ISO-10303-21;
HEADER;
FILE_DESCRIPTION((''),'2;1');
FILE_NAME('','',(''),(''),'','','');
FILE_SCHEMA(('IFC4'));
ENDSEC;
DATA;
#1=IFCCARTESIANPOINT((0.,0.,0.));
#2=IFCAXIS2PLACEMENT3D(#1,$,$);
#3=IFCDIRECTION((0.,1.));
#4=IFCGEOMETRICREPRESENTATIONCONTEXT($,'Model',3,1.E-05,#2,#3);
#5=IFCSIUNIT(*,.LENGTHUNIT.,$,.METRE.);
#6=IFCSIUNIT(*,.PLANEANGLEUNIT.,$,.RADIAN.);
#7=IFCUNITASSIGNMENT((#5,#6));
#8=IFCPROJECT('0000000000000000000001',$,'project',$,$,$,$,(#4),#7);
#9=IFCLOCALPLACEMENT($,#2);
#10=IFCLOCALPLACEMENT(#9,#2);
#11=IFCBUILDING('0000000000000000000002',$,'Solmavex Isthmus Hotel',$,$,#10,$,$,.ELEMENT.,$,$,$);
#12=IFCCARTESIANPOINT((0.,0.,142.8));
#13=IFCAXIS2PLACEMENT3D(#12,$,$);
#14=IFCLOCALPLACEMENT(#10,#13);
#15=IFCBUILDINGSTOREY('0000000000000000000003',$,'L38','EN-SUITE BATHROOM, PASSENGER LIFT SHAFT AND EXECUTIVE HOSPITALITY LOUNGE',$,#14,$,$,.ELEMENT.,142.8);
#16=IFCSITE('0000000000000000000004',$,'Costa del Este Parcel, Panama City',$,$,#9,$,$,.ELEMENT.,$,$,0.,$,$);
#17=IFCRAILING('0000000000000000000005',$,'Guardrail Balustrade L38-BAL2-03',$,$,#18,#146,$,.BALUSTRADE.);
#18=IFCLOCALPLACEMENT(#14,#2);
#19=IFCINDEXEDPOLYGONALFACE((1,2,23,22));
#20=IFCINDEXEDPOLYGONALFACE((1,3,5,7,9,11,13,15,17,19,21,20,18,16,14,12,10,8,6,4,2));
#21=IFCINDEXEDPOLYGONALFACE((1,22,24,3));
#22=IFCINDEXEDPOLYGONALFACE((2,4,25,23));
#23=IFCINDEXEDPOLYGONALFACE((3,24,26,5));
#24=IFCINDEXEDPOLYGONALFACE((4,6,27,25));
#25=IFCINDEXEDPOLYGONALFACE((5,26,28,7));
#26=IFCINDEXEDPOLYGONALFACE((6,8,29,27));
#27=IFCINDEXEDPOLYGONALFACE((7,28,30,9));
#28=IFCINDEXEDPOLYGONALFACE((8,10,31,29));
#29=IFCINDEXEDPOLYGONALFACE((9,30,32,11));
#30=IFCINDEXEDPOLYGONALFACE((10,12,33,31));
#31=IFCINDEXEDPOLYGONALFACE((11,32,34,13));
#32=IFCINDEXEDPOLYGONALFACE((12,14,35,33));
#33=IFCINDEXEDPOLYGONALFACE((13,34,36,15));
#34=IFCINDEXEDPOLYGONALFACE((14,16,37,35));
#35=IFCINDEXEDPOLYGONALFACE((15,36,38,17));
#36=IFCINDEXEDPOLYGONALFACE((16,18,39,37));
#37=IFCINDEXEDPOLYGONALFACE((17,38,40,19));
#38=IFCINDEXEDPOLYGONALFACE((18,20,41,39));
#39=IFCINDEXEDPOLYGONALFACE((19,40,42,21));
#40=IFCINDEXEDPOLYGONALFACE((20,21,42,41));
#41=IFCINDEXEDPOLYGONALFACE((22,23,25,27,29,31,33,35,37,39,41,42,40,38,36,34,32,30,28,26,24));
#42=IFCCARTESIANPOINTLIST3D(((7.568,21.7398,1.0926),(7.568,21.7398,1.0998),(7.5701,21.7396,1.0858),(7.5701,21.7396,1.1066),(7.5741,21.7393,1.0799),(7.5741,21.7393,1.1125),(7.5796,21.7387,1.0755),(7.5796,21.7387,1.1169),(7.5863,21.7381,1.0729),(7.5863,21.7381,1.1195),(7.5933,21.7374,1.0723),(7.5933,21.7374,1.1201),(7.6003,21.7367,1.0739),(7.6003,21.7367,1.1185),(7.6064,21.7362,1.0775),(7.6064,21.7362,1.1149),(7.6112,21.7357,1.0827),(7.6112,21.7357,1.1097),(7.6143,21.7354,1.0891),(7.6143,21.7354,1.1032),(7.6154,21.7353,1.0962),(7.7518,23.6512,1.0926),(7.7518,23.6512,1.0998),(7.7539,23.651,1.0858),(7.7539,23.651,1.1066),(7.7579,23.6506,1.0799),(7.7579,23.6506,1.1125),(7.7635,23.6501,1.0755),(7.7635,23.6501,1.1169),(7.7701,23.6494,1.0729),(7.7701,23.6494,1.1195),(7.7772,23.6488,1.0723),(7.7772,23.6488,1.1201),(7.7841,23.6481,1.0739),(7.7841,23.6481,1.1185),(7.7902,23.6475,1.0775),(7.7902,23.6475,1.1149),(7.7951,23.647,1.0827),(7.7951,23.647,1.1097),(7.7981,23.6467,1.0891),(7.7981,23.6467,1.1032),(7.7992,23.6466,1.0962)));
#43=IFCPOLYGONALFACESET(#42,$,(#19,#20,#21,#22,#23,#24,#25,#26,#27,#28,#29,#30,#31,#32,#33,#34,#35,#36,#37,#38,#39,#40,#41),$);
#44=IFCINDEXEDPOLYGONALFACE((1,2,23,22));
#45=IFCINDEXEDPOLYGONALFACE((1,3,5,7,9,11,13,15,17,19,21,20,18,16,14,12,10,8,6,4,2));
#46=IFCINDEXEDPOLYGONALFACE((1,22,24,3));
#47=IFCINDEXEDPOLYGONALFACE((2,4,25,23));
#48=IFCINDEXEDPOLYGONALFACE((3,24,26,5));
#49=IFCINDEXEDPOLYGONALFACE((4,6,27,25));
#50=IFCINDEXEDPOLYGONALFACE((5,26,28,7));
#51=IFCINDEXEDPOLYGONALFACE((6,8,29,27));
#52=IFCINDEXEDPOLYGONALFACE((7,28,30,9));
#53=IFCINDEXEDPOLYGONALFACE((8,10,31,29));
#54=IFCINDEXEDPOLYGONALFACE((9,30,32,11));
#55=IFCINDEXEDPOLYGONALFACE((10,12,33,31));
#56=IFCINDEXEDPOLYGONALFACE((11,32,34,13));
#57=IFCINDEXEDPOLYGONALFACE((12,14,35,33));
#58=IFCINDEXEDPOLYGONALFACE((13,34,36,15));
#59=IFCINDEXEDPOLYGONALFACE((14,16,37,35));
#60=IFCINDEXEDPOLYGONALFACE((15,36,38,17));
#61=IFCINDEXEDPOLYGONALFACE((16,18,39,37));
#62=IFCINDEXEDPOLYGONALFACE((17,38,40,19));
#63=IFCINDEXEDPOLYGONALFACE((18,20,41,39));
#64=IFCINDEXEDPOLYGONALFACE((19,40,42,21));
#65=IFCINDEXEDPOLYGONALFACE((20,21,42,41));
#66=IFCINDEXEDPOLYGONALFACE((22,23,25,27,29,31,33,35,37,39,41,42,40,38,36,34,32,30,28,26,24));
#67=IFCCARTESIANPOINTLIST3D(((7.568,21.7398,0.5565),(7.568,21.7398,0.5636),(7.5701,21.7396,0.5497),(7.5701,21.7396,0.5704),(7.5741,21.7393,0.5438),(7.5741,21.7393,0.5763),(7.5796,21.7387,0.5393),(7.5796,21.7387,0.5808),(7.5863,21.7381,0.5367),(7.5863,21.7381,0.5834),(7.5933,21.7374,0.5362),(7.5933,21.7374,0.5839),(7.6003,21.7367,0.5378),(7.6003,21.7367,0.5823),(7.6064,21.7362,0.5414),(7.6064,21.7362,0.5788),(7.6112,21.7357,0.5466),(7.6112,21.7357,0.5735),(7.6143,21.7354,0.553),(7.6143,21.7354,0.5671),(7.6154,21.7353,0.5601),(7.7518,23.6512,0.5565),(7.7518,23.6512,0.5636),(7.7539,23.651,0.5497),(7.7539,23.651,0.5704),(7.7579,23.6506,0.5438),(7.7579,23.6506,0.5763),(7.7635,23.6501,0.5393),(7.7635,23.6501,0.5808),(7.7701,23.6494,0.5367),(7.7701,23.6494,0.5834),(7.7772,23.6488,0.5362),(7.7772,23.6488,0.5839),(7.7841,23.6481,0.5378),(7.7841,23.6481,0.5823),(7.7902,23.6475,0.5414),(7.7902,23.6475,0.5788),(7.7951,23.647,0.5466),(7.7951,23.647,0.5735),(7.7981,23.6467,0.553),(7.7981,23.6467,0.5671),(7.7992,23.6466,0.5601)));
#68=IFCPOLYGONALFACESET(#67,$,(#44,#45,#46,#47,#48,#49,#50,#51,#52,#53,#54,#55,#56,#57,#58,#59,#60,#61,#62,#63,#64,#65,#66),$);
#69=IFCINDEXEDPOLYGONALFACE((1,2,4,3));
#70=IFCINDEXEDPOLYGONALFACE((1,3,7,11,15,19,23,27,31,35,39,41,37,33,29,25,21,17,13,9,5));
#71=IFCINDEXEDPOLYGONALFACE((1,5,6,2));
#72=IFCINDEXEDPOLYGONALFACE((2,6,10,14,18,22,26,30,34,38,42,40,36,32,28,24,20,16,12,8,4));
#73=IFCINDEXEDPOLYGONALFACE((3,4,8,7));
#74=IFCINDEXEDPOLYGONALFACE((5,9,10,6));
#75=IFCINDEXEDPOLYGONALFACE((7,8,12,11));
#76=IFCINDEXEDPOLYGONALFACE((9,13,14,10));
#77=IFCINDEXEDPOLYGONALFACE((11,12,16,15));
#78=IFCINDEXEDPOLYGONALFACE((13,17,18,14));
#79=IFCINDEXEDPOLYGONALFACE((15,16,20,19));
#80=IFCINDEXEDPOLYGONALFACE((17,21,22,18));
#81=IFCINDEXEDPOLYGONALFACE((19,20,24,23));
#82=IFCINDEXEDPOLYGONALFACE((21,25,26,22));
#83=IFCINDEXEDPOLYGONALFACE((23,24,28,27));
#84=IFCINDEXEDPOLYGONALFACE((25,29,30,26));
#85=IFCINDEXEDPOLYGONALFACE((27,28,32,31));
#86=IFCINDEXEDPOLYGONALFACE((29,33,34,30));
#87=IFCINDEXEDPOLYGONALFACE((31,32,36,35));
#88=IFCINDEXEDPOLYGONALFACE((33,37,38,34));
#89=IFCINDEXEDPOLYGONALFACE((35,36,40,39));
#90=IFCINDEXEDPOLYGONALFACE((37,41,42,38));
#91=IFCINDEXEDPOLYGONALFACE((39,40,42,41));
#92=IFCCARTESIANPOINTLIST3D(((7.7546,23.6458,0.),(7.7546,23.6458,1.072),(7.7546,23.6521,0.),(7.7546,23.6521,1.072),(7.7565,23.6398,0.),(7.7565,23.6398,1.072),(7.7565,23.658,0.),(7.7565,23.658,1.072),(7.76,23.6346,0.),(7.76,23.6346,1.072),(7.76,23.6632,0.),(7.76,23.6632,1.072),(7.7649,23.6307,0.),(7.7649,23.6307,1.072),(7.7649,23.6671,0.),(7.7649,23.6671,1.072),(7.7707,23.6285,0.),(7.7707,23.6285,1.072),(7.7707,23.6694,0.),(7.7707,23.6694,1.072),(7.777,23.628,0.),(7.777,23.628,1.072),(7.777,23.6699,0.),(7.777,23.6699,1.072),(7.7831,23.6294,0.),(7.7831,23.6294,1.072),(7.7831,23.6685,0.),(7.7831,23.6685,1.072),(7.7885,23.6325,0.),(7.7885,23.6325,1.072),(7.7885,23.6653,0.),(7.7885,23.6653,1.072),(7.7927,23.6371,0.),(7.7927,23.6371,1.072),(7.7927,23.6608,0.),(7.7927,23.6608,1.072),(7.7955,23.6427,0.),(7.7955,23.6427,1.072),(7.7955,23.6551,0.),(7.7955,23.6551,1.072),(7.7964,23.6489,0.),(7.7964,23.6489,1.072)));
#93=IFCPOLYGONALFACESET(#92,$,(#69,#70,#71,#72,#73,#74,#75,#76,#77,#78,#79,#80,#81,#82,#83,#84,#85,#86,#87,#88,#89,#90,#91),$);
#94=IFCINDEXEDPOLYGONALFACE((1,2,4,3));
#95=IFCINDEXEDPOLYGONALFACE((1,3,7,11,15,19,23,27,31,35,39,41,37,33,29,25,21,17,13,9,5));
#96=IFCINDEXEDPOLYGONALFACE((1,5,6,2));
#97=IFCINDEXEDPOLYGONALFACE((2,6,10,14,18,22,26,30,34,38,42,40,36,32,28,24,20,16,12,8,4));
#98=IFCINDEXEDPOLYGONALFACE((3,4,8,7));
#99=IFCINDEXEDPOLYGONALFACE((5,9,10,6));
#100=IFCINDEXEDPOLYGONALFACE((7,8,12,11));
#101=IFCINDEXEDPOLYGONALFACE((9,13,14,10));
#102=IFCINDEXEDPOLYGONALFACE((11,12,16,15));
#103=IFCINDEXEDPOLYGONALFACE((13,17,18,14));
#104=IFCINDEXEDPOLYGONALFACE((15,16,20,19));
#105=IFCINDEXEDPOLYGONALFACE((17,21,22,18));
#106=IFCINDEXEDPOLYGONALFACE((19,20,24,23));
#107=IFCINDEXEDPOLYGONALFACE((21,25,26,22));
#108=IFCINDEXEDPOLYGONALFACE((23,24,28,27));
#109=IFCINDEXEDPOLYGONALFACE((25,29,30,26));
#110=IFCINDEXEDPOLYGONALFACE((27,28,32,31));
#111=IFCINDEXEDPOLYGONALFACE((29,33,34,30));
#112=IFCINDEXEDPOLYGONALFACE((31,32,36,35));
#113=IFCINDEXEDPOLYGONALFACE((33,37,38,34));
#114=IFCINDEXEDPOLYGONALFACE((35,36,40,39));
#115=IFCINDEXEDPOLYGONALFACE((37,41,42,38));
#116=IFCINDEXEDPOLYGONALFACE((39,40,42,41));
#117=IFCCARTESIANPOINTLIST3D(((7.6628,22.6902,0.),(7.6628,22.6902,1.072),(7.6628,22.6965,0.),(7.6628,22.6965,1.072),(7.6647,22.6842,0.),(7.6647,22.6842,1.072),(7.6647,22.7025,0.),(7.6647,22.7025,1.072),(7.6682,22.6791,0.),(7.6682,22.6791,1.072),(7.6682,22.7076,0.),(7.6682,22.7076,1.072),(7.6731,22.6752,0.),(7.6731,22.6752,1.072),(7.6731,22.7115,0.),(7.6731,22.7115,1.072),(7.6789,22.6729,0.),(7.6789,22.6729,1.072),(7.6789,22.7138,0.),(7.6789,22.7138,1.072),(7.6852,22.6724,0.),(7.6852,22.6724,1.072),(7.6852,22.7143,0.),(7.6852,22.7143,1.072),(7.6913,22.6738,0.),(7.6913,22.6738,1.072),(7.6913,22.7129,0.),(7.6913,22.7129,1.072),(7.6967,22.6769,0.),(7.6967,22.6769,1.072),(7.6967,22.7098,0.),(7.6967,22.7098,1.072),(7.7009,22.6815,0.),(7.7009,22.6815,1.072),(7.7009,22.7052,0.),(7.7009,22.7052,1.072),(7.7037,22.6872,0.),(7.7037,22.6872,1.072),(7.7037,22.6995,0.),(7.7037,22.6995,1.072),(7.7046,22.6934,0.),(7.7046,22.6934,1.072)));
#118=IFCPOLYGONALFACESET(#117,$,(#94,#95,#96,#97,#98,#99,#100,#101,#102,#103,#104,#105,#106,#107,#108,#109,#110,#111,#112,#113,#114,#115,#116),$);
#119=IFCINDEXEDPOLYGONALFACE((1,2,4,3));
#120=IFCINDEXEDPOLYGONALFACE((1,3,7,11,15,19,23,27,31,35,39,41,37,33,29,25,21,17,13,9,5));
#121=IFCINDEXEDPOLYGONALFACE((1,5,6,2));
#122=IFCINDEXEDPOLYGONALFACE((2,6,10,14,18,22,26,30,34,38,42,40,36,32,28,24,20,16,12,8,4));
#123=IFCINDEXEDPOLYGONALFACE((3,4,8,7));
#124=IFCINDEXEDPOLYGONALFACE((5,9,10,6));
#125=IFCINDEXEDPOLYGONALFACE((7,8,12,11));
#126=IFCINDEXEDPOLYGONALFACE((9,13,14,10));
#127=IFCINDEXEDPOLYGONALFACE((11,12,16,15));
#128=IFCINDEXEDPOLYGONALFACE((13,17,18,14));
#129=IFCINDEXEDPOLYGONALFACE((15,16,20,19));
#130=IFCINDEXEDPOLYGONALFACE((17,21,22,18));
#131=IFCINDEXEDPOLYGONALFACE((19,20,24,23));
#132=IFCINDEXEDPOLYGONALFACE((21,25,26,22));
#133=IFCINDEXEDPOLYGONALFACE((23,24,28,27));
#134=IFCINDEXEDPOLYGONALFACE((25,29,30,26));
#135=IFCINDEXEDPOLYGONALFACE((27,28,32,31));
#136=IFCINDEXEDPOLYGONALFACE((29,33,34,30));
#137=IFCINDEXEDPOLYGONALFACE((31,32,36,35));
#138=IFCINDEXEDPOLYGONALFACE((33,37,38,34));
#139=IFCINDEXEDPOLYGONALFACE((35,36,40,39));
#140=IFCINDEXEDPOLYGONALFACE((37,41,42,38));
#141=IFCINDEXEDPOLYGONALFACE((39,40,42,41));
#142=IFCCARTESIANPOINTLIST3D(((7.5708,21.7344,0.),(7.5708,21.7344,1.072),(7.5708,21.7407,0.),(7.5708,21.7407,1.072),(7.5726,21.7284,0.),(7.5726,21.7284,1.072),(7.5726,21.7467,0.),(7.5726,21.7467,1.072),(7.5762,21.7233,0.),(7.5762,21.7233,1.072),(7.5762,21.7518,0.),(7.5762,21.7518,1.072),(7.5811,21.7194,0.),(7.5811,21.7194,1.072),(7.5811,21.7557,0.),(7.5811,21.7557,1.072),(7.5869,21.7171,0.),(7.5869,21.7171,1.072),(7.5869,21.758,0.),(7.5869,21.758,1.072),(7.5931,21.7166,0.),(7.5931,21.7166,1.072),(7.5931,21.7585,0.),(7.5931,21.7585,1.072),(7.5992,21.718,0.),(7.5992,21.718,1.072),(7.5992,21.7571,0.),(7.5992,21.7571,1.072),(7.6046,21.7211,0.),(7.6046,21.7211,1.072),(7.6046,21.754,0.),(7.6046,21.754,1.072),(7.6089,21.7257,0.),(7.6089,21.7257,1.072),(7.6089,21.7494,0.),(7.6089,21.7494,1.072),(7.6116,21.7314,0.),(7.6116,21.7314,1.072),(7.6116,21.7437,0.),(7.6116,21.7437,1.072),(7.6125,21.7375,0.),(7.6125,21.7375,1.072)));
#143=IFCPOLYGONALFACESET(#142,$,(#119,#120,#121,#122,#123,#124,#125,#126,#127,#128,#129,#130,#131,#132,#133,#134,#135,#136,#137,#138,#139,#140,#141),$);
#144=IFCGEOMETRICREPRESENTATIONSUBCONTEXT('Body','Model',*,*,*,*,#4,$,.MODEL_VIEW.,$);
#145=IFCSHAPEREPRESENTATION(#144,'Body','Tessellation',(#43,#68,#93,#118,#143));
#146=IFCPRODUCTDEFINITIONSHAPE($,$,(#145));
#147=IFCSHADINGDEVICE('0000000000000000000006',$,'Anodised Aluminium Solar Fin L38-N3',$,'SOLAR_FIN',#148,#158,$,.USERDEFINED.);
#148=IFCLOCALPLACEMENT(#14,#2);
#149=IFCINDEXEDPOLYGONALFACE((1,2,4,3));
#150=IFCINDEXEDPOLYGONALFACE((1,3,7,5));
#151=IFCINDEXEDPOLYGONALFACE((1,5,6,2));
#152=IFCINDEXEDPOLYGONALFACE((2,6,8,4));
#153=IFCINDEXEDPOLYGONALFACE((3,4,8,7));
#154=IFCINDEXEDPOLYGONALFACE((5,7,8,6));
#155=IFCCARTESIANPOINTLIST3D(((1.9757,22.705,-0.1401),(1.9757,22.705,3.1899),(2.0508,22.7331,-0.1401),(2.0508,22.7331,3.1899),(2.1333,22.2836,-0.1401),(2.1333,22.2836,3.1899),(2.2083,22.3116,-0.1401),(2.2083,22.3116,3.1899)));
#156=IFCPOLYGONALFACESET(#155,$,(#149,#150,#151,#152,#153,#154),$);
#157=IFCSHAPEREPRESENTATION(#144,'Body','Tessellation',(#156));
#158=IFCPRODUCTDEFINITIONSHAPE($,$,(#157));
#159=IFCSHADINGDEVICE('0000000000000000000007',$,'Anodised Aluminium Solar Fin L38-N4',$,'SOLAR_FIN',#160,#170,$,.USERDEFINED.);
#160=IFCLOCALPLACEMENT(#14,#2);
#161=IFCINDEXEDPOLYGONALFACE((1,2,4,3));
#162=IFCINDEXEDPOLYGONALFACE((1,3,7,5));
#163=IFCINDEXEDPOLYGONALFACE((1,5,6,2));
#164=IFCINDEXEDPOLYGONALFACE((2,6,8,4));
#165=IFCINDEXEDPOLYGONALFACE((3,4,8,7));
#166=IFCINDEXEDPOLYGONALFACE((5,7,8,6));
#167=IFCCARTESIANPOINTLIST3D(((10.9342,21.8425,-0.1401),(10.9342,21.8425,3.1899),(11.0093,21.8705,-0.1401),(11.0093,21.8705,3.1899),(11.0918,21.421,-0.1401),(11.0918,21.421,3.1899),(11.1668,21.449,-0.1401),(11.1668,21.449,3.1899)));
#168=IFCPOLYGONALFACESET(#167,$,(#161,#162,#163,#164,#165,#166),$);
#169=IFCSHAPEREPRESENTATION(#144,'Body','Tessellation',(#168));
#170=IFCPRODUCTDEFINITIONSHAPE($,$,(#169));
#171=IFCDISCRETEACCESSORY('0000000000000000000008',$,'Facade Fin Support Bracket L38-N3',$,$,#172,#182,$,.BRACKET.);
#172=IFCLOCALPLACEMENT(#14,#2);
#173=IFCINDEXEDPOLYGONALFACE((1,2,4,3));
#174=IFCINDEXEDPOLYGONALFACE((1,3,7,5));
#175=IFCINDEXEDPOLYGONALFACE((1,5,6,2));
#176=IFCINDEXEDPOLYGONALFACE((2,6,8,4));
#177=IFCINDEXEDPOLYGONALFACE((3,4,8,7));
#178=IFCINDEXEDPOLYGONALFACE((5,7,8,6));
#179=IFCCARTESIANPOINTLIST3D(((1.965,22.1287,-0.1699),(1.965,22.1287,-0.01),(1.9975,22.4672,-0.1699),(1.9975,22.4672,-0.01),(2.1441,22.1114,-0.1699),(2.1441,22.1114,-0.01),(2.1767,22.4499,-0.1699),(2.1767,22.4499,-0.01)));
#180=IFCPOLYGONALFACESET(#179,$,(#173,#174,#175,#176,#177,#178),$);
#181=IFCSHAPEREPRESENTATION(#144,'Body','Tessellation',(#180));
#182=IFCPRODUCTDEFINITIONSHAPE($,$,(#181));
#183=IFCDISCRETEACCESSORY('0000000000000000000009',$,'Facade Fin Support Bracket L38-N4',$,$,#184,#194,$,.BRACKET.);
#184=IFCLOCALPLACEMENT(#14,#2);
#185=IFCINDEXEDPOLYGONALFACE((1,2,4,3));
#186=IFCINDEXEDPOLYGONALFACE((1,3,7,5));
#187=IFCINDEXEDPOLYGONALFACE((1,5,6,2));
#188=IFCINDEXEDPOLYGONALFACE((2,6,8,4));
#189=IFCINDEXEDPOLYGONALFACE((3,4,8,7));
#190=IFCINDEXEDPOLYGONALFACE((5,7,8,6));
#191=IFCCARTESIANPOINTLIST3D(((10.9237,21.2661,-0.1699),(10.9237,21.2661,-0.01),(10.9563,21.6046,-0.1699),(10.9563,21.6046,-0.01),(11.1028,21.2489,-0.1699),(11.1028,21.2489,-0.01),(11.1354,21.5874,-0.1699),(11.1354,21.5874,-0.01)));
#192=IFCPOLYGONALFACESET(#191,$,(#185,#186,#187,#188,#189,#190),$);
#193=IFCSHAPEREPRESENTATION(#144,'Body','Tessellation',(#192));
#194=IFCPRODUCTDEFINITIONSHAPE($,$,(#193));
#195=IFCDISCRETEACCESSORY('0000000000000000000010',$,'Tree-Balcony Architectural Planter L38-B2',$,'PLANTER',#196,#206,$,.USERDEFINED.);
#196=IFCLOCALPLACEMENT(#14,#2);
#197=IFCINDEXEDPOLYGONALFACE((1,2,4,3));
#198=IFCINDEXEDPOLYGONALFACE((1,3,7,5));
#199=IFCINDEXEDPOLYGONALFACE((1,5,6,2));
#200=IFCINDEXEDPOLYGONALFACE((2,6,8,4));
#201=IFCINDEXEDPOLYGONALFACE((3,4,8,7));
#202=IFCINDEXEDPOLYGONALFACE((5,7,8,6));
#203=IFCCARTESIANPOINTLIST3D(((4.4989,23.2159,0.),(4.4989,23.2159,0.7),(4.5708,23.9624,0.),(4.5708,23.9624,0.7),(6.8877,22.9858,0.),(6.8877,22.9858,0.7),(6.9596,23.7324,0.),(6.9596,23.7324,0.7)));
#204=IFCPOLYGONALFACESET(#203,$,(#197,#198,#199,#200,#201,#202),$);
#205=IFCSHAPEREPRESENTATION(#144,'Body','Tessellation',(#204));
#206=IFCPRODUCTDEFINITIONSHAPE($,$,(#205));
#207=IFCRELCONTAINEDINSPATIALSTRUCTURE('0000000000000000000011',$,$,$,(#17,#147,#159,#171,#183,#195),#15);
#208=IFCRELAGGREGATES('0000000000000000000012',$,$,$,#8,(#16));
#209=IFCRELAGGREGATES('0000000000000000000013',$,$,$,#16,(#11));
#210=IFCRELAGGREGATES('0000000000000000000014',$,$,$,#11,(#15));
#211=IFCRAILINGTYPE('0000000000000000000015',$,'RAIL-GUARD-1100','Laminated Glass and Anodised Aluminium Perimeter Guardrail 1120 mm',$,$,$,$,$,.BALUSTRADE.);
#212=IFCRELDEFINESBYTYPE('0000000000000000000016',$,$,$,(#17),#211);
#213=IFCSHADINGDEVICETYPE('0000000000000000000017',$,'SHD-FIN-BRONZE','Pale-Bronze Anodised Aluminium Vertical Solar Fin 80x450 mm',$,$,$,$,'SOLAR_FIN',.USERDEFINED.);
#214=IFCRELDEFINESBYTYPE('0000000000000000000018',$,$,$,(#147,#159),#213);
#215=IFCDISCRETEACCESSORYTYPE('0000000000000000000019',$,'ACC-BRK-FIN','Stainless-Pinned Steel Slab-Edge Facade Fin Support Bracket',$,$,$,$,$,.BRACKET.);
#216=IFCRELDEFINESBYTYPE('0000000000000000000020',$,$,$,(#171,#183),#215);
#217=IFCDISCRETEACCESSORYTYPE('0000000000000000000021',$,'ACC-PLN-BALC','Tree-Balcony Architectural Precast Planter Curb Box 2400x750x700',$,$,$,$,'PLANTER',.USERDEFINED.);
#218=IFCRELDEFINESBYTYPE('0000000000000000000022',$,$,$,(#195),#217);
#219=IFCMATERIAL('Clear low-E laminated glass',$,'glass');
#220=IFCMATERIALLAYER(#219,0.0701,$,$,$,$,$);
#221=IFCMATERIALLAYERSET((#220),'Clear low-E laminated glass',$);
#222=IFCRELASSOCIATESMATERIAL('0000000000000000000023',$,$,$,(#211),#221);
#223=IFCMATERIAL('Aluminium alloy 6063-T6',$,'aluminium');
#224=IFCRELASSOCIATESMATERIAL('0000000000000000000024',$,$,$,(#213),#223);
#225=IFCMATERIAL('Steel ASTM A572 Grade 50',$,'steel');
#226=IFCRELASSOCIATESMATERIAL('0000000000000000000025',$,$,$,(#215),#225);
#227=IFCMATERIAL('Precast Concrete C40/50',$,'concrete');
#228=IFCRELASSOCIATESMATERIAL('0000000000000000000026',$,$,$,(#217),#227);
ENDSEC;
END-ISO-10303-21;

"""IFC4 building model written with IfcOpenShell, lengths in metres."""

from ifc_helpers import new_model, si_unit, direction, frame, origin, origin_2d, place, context, subcontext, project, spatial, rectangle, circle, extrude, material, layer, layer_set, type_object, element, save


model = new_model("IFC4")

# Units and contexts
model_context = context("Model", 3, precision=1e-05, world=origin(), true_north=direction((0.0, 1.0)))
body_context = subcontext(model_context, "Body", "Model", "MODEL_VIEW")
ifc_project = project(units=[si_unit("LENGTHUNIT", "METRE"), si_unit("PLANEANGLEUNIT", "RADIAN")], contexts=[model_context])

# Site, building, storey
site_placement = place(None, origin())
site = spatial("IfcSite", under=ifc_project, at=site_placement, Name="Costa del Este Parcel, Panama City", CompositionType="ELEMENT", RefElevation=0.0)
building_placement = place(site_placement, origin())
building = spatial("IfcBuilding", under=site, at=building_placement, Name="Solmavex Isthmus Hotel", CompositionType="ELEMENT")
storey_placement = place(building_placement, frame((0.0, 0.0, 142.8)))
storey = spatial("IfcBuildingStorey", under=building, at=storey_placement, Name="L38", Description="EN-SUITE BATHROOM, PASSENGER LIFT SHAFT AND EXECUTIVE HOSPITALITY LOUNGE", CompositionType="ELEMENT", Elevation=142.8)

# Shared definitions
ifc_material_1 = material(Name="Aluminium alloy 6063-T6", Category="aluminium")

# Shared definitions
ifc_material_2 = material(Name="Clear low-E laminated glass", Category="glass")

# Shared definitions
ifc_material_3 = material(Name="Precast Concrete C40/50", Category="concrete")

# Railing
ifc_layer_1 = layer(ifc_material_2, 0.0701)
ifc_layer_set_1 = layer_set([ifc_layer_1], Name="Clear low-E laminated glass")
railing_type = type_object("IfcRailingType", Name="RAIL-GUARD-1100", Description="Laminated Glass and Anodised Aluminium Perimeter Guardrail 1120 mm", PredefinedType="BALUSTRADE", material=ifc_layer_set_1)
railing_1_placement = place(storey_placement, frame((7.7754, 23.6489, 0.0)))
element("IfcRailing", 1, at=railing_1_placement, inside=storey, type_object=railing_type, Name="Guardrail Balustrade L38-BAL2-03", PredefinedType="BALUSTRADE", context=body_context, shape_type="SweptSolid", body=[
    extrude(circle(Radius=0.0239, at=origin_2d()), frame((0.0, 0.0, 1.0962), z_axis=(-0.095739, -0.995406, 0.0), x_axis=(0.995406, -0.095739, 0.0)), (0.0, 0.0, 1.0), 1.9202),
    extrude(circle(Radius=0.0239, at=origin_2d()), frame((0.0, 0.0, 0.5601), z_axis=(-0.095739, -0.995406, 0.0), x_axis=(0.995406, -0.095739, 0.0)), (0.0, 0.0, 1.0), 1.9202),
    extrude(circle(Radius=0.021, at=origin_2d()), origin(), (0.0, 0.0, 1.0), 1.072),
    extrude(circle(Radius=0.021, at=origin_2d()), frame((-0.0918, -0.9556, 0.0)), (0.0, 0.0, 1.0), 1.072),
    extrude(circle(Radius=0.021, at=origin_2d()), frame((-0.1838, -1.9114, 0.0)), (0.0, 0.0, 1.0), 1.072),
])

# Shading devices
shading_device_type = type_object("IfcShadingDeviceType", Name="SHD-FIN-BRONZE", Description="Pale-Bronze Anodised Aluminium Vertical Solar Fin 80x450 mm", ElementType="SOLAR_FIN", PredefinedType="USERDEFINED", material=ifc_material_1)
for number, where, z_axis, x_axis, name in (
    (2, (2.092, 22.5083, -0.1401), (0.0, 0.0, 1.0), (-0.350207, 0.936672, 0.0), "Anodised Aluminium Solar Fin L38-N3"),
    (3, (11.0505, 21.6458, -0.1401), (0.0, 0.0, 1.0), (-0.350207, 0.936672, 0.0), "Anodised Aluminium Solar Fin L38-N4"),
):
    element("IfcShadingDevice", number, at=place(storey_placement, frame(where, z_axis=z_axis, x_axis=x_axis)), inside=storey, type_object=shading_device_type, Name=name, ObjectType="SOLAR_FIN", PredefinedType="USERDEFINED", context=body_context, shape_type="SweptSolid", body=[
        extrude(rectangle(XDim=0.45, YDim=0.0801, at=origin_2d()), origin(), (0.0, 0.0, 1.0), 3.3301),
    ])

# Discrete accessories
ifc_material_4 = material(Name="Steel ASTM A572 Grade 50", Category="steel")
discrete_accessory_type_1 = type_object("IfcDiscreteAccessoryType", Name="ACC-BRK-FIN", Description="Stainless-Pinned Steel Slab-Edge Facade Fin Support Bracket", PredefinedType="BRACKET", material=ifc_material_4)
for number, where, z_axis, x_axis, name in (
    (4, (2.0708, 22.2893, -0.1699), (0.0, 0.0, 1.0), (0.095846, 0.995396, 0.0), "Facade Fin Support Bracket L38-N3"),
    (5, (11.0295, 21.4268, -0.1699), (0.0, 0.0, 1.0), (0.095846, 0.995396, 0.0), "Facade Fin Support Bracket L38-N4"),
):
    element("IfcDiscreteAccessory", number, at=place(storey_placement, frame(where, z_axis=z_axis, x_axis=x_axis)), inside=storey, type_object=discrete_accessory_type_1, Name=name, PredefinedType="BRACKET", context=body_context, shape_type="SweptSolid", body=[
        extrude(rectangle(XDim=0.3401, YDim=0.1799, at=origin_2d()), origin(), (0.0, 0.0, 1.0), 0.1599),
    ])
discrete_accessory_type_2 = type_object("IfcDiscreteAccessoryType", Name="ACC-PLN-BALC", Description="Tree-Balcony Architectural Precast Planter Curb Box 2400x750x700", ElementType="PLANTER", PredefinedType="USERDEFINED", material=ifc_material_3)
discrete_accessory_placement = place(storey_placement, frame((5.7292, 23.4741, 0.0), z_axis=(0.0, 0.0, 1.0), x_axis=(0.995396, -0.095846, 0.0)))
element("IfcDiscreteAccessory", 6, at=discrete_accessory_placement, inside=storey, type_object=discrete_accessory_type_2, Name="Tree-Balcony Architectural Planter L38-B2", ObjectType="PLANTER", PredefinedType="USERDEFINED", context=body_context, shape_type="SweptSolid", body=[
    extrude(rectangle(XDim=2.3999, YDim=0.75, at=origin_2d()), origin(), (0.0, 0.0, 1.0), 0.7),
])

save(model, "model.ifc")
